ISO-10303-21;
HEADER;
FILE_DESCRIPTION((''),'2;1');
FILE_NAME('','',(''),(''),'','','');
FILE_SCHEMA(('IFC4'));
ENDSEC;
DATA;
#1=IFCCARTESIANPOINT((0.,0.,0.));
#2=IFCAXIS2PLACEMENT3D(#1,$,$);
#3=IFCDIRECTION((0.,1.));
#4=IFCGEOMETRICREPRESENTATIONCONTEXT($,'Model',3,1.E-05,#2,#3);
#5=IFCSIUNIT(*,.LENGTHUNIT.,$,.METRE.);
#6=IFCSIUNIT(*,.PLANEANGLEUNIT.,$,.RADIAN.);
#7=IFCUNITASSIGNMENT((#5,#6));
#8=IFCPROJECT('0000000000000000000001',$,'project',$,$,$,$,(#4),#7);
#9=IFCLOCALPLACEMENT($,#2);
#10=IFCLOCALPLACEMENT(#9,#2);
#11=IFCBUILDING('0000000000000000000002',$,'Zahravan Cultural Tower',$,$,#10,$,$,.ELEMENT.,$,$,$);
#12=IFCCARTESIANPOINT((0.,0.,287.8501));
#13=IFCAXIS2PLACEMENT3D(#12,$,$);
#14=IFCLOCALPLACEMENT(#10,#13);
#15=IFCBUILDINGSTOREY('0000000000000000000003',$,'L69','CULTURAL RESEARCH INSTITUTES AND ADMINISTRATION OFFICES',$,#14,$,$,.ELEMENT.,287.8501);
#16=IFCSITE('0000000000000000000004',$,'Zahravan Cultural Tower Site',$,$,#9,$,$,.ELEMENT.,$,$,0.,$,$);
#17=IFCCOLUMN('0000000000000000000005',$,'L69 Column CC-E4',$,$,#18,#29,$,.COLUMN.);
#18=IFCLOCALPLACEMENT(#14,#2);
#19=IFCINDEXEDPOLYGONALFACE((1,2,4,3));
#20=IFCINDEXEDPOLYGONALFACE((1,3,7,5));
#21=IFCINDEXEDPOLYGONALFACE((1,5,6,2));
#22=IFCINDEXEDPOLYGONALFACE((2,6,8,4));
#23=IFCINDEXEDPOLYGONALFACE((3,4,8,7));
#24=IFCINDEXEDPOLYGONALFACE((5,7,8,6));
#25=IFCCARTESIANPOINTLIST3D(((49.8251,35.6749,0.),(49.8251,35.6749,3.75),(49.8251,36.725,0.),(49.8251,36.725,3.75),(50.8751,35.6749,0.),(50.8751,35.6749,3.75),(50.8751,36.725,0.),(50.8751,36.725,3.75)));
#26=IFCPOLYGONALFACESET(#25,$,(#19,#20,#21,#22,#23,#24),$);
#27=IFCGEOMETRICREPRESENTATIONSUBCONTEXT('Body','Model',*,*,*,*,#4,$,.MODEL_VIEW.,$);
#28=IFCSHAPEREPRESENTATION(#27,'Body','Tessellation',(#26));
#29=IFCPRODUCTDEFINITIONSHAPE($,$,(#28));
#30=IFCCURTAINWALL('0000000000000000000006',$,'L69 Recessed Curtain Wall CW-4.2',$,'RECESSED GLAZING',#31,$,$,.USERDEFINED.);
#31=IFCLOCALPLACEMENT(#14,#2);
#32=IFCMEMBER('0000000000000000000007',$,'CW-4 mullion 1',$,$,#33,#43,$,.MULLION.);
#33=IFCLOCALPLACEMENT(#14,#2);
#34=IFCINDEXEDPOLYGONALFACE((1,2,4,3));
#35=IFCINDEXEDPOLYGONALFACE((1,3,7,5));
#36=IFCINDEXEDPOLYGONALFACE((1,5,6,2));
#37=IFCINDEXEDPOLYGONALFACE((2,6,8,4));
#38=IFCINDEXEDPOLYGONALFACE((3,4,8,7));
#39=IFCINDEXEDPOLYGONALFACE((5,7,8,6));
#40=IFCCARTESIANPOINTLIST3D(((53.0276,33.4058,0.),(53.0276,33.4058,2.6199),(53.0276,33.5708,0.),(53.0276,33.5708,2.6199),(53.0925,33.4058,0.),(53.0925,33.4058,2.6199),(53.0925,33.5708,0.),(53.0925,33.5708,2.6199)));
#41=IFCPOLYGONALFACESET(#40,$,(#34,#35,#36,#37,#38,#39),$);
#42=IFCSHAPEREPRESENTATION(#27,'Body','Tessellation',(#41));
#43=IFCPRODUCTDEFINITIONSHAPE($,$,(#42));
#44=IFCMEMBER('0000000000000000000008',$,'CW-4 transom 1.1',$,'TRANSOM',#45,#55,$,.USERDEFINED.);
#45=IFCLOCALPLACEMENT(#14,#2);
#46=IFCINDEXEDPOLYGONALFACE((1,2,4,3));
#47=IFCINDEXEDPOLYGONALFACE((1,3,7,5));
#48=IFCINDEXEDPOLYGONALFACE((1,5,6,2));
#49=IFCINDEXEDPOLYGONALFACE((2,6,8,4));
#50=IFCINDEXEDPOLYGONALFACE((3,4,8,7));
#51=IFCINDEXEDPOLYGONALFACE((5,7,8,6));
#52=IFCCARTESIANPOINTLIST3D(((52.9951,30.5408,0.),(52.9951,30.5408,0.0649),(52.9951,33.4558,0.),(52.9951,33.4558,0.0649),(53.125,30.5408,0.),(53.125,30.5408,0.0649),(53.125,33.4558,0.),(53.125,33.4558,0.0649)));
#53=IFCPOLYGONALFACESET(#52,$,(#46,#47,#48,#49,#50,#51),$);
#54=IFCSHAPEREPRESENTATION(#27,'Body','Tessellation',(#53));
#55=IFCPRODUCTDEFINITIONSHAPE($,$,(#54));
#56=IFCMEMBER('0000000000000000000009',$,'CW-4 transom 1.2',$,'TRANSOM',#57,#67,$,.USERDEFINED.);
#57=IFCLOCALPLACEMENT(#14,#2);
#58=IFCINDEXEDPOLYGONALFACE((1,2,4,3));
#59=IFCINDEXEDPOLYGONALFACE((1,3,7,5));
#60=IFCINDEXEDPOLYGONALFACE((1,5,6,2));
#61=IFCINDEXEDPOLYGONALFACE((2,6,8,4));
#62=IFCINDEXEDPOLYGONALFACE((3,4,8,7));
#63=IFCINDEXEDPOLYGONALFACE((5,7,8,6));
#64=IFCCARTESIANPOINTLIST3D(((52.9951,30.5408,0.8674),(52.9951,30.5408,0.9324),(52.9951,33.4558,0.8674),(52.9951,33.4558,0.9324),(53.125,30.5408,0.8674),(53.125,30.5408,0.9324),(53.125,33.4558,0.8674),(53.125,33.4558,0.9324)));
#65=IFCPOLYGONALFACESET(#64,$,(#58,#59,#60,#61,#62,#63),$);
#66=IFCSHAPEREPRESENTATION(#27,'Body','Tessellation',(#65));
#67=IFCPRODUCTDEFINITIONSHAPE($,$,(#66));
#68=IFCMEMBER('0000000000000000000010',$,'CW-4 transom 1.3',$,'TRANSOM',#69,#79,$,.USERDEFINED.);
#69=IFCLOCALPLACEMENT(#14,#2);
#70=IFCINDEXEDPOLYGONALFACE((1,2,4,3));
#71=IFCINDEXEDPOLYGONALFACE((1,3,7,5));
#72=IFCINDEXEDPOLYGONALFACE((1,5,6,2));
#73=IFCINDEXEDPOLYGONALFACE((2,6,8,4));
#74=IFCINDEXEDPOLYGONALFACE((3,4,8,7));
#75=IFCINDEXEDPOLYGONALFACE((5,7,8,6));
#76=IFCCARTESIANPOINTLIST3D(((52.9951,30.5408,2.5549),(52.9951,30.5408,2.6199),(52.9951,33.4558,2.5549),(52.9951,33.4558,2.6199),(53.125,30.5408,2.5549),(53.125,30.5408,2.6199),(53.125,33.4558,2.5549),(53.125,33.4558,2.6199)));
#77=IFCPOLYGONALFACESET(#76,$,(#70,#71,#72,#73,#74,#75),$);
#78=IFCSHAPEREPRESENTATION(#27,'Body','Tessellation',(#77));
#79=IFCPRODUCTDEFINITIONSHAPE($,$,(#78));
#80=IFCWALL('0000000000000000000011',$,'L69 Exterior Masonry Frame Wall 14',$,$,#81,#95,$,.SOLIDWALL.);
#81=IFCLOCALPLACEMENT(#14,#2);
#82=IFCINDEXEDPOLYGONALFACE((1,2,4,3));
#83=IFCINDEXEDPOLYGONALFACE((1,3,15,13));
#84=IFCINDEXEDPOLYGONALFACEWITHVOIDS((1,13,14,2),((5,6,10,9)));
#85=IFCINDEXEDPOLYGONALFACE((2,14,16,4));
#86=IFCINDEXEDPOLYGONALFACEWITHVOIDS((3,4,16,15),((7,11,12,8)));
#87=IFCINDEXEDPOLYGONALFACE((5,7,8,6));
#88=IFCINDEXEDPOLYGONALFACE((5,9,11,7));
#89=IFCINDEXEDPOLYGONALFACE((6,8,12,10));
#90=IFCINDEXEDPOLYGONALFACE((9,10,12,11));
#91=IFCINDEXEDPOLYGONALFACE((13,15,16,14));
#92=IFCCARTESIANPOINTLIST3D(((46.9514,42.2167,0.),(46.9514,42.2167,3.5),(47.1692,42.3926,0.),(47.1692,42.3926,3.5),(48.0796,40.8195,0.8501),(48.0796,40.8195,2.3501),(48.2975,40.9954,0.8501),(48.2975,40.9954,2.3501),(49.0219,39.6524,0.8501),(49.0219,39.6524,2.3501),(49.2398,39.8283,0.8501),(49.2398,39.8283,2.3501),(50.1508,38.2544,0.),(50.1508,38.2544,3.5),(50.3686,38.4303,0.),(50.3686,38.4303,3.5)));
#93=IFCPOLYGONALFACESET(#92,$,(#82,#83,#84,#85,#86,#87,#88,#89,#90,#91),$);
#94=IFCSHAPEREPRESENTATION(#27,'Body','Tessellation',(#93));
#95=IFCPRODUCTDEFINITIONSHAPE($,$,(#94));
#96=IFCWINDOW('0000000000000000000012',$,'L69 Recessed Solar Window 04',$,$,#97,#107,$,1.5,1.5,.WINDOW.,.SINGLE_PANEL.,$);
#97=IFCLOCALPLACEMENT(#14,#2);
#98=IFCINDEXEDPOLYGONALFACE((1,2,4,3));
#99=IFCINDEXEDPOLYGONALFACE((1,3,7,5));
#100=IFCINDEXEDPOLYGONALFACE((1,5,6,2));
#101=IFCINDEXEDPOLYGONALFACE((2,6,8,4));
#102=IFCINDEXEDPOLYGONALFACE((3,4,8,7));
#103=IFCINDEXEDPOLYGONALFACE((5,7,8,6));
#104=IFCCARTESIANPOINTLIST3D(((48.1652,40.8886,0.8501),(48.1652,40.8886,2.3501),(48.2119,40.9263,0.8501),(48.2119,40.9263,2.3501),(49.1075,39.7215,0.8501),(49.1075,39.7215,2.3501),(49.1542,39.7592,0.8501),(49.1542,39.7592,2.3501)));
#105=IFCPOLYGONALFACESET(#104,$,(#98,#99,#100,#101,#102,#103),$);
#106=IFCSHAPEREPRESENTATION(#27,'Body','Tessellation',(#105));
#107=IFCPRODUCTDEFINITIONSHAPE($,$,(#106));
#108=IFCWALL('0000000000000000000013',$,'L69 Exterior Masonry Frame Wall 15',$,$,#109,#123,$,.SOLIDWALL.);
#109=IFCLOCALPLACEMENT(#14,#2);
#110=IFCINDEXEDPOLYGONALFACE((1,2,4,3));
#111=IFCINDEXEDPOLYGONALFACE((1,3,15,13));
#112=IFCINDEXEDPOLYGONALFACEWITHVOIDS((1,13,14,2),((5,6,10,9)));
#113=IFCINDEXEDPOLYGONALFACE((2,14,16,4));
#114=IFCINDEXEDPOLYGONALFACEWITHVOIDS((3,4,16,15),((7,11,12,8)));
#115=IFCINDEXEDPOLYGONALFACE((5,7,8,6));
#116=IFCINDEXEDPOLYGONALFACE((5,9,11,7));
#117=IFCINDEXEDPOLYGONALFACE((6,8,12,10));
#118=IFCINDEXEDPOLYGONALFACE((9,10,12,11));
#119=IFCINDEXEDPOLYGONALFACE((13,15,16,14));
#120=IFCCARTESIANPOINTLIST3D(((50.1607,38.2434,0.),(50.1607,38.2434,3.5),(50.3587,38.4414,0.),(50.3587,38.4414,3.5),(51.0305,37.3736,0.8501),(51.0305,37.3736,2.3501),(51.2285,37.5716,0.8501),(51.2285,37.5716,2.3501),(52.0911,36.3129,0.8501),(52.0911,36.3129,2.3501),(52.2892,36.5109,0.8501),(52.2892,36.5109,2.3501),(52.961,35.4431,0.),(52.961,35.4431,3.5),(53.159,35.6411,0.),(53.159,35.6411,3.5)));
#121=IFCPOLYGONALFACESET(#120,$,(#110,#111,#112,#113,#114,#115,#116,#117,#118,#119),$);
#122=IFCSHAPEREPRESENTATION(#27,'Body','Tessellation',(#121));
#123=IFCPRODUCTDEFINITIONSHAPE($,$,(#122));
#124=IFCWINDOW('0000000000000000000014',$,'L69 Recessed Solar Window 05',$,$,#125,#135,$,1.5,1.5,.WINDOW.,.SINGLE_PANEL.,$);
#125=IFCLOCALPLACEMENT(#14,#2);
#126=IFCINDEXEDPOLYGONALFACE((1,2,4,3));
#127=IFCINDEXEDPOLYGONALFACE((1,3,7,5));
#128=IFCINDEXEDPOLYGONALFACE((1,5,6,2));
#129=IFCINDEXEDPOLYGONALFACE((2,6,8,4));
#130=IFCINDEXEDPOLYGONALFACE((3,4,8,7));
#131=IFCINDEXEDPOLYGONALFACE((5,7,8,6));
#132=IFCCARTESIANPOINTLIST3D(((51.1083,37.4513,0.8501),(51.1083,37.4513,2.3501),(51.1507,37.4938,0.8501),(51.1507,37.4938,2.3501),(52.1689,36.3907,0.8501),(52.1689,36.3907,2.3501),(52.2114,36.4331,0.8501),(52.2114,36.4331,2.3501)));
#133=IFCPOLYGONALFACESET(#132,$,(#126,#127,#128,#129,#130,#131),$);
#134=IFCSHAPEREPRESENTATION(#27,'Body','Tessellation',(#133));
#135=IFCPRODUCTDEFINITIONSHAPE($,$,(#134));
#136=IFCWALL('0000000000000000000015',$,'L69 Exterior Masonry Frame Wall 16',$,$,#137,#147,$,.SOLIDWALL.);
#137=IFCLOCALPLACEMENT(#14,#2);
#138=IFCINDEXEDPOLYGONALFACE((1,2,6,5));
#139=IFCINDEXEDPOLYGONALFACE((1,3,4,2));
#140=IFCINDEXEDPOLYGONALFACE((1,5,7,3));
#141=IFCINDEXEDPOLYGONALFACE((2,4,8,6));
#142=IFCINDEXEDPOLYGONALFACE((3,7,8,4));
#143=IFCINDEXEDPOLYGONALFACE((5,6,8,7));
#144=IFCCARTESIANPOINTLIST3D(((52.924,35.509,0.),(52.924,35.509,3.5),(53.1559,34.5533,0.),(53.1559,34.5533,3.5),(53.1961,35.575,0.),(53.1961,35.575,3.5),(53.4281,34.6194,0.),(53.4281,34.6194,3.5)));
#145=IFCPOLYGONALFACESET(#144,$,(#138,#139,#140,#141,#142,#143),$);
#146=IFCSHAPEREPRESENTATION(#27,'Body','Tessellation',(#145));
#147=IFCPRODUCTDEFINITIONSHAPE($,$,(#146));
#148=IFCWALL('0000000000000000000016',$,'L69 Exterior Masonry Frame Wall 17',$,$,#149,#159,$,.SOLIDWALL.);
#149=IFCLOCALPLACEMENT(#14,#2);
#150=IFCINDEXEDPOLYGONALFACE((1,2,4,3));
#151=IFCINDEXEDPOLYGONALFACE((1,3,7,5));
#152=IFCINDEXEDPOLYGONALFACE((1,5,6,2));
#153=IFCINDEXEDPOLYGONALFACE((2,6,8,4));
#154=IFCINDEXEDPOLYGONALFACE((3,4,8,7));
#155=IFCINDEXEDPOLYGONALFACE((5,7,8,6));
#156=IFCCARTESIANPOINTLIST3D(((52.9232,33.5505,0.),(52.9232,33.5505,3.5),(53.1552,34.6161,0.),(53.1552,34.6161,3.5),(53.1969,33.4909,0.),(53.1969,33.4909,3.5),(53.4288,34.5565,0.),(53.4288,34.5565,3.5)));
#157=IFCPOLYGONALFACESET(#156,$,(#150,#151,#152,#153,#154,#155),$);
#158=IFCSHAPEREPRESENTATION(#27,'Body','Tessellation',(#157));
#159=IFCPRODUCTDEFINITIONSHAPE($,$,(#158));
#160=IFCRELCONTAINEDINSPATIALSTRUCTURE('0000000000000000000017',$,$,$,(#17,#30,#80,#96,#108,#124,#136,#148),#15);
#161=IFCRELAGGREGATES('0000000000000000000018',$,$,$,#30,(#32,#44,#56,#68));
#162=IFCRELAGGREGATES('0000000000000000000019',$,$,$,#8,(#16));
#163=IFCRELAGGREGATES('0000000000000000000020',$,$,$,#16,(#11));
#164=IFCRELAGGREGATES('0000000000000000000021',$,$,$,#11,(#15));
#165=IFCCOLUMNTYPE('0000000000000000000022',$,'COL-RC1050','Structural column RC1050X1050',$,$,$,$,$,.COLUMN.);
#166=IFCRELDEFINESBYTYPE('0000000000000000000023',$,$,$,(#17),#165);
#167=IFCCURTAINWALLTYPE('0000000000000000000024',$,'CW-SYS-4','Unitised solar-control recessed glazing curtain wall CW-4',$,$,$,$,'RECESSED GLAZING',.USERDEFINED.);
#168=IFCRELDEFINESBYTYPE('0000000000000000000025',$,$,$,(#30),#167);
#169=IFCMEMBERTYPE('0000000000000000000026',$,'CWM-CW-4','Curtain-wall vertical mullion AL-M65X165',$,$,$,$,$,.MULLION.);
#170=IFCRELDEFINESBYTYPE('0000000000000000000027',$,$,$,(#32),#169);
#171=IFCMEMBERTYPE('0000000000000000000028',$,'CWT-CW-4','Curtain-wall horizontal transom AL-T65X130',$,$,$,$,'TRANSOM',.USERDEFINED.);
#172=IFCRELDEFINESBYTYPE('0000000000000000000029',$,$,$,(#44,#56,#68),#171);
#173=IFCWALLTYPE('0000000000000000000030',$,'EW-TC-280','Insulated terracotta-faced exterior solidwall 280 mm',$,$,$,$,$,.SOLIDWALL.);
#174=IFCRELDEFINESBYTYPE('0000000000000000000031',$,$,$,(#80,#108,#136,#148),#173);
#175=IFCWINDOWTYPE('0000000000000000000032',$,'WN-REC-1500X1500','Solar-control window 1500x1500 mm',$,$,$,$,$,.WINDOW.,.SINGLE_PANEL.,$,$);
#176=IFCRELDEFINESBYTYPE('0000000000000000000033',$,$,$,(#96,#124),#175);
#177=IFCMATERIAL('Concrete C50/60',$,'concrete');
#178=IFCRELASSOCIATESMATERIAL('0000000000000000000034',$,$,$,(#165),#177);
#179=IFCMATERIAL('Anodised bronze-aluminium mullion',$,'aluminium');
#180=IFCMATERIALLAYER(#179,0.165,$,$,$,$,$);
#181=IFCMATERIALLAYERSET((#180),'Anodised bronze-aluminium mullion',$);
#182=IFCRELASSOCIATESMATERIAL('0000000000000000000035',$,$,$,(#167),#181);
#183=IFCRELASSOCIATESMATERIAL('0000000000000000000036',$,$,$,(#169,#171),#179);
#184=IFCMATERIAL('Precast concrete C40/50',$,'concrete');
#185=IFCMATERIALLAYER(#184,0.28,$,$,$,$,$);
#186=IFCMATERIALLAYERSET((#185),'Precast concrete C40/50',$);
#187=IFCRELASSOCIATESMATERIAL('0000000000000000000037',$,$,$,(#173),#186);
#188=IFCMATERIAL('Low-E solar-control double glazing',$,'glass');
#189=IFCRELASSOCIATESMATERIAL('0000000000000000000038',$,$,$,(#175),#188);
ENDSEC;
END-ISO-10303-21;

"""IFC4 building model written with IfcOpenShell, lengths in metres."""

from ifc_helpers import new_model, si_unit, direction, frame, frame_2d, origin, origin_2d, place, context, subcontext, project, spatial, rectangle, extrude, source, transform, mapped, material, layer, layer_set, material_profile, profile_set, type_object, element, fill, aggregate, save


model = new_model("IFC4")

# Units and contexts
model_context = context("Model", 3, precision=1e-05, world=origin(), true_north=direction((0.0, 1.0)))
body_context = subcontext(model_context, "Body", "Model", "MODEL_VIEW")
ifc_project = project(units=[si_unit("LENGTHUNIT", "METRE"), si_unit("PLANEANGLEUNIT", "RADIAN")], contexts=[model_context])

# Site, building, storey
site_placement = place(None, origin())
site = spatial("IfcSite", under=ifc_project, at=site_placement, Name="Zahravan Cultural Tower Site", CompositionType="ELEMENT", RefElevation=0.0)
building_placement = place(site_placement, origin())
building = spatial("IfcBuilding", under=site, at=building_placement, Name="Zahravan Cultural Tower", CompositionType="ELEMENT")
storey_placement = place(building_placement, frame((0.0, 0.0, 287.8501)))
storey = spatial("IfcBuildingStorey", under=building, at=storey_placement, Name="L69", Description="CULTURAL RESEARCH INSTITUTES AND ADMINISTRATION OFFICES", CompositionType="ELEMENT", Elevation=287.8501)

# Column
ifc_material_1 = material(Name="Concrete C50/60", Category="concrete")
ifc_material_profile_1 = material_profile(ifc_material_1, rectangle(XDim=1.05, YDim=1.05, at=origin_2d()), Name="RC1050X1050")
ifc_profile_set_1 = profile_set([ifc_material_profile_1], Name="Concrete C50/60")
column_type = type_object("IfcColumnType", Name="COL-RC1050", Description="Structural column RC1050X1050", PredefinedType="COLUMN", material=ifc_profile_set_1)
shared_shape_1 = source(origin(), body_context, "Body", "SweptSolid", [
    extrude(rectangle(XDim=1.05, YDim=1.05, at=origin_2d()), origin(), (0.0, 0.0, 1.0), 3.75),
])
column_placement = place(storey_placement, frame((50.3501, 36.2, 0.0), z_axis=(0.0, 0.0, 1.0), x_axis=(1.0, 0.0, 0.0)))
element("IfcColumn", 1, at=column_placement, inside=storey, type_object=column_type, Name="L69 Column CC-E4", PredefinedType="COLUMN", context=body_context, shape_type="MappedRepresentation", body=[
    mapped(shared_shape_1, transform((0.0, 0.0, 0.0), x_axis=(1.0, 0.0, 0.0), y_axis=(0.0, 1.0, 0.0), z_axis=(0.0, 0.0, 1.0), scale=1.0)),
])

# Curtain wall, members
ifc_material_2 = material(Name="Anodised bronze-aluminium mullion", Category="aluminium")
ifc_layer_1 = layer(ifc_material_2, 0.165)
ifc_layer_set_1 = layer_set([ifc_layer_1], Name="Anodised bronze-aluminium mullion")
curtain_wall_type = type_object("IfcCurtainWallType", Name="CW-SYS-4", Description="Unitised solar-control recessed glazing curtain wall CW-4", ElementType="RECESSED GLAZING", PredefinedType="USERDEFINED", material=ifc_layer_set_1)
curtain_wall_placement = place(storey_placement, origin())
curtain_wall = element("IfcCurtainWall", 2, at=curtain_wall_placement, inside=storey, type_object=curtain_wall_type, Name="L69 Recessed Curtain Wall CW-4.2", ObjectType="RECESSED GLAZING", PredefinedType="USERDEFINED")
ifc_material_profile_2 = material_profile(ifc_material_2, rectangle(XDim=0.0649, YDim=0.165, at=origin_2d()), Name="AL-M65X165")
ifc_profile_set_2 = profile_set([ifc_material_profile_2], Name="Anodised bronze-aluminium mullion")
member_type_1 = type_object("IfcMemberType", Name="CWM-CW-4", Description="Curtain-wall vertical mullion AL-M65X165", PredefinedType="MULLION", material=ifc_profile_set_2)
shared_shape_2 = source(origin(), body_context, "Body", "SweptSolid", [
    extrude(rectangle(XDim=0.0649, YDim=0.165, at=origin_2d()), origin(), (0.0, 0.0, 1.0), 2.6199),
])
member_1_placement = place(storey_placement, frame((53.0601, 33.4883, 0.0), z_axis=(0.0, 0.0, 1.0), x_axis=(1.0, 0.0, 0.0)))
member_1 = element("IfcMember", 3, at=member_1_placement, type_object=member_type_1, Name="CW-4 mullion 1", PredefinedType="MULLION", context=body_context, shape_type="MappedRepresentation", body=[
    mapped(shared_shape_2, transform((0.0, 0.0, 0.0), x_axis=(1.0, 0.0, 0.0), y_axis=(0.0, 1.0, 0.0), z_axis=(0.0, 0.0, 1.0), scale=1.0)),
])
ifc_material_profile_3 = material_profile(ifc_material_2, rectangle(XDim=0.1299, YDim=0.0649, at=origin_2d()), Name="AL-T65X130")
ifc_profile_set_3 = profile_set([ifc_material_profile_3], Name="Anodised bronze-aluminium mullion")
member_type_2 = type_object("IfcMemberType", Name="CWT-CW-4", Description="Curtain-wall horizontal transom AL-T65X130", ElementType="TRANSOM", PredefinedType="USERDEFINED", material=ifc_profile_set_3)
shared_shape_3 = source(origin(), body_context, "Body", "SweptSolid", [
    extrude(rectangle(XDim=0.1299, YDim=0.0649, at=origin_2d()), origin(), (0.0, 0.0, 1.0), 2.915),
])
member_2_placement = place(storey_placement, frame((53.0601, 33.4558, 0.0325), z_axis=(0.0, -1.0, 0.0), x_axis=(1.0, 0.0, 0.0)))
member_2 = element("IfcMember", 4, at=member_2_placement, type_object=member_type_2, Name="CW-4 transom 1.1", ObjectType="TRANSOM", PredefinedType="USERDEFINED", context=body_context, shape_type="MappedRepresentation", body=[
    mapped(shared_shape_3, transform((0.0, 0.0, 0.0), x_axis=(1.0, 0.0, 0.0), y_axis=(0.0, 1.0, 0.0), z_axis=(0.0, 0.0, 1.0), scale=1.0)),
])
member_3_placement = place(storey_placement, frame((53.0601, 33.4558, 0.8999), z_axis=(0.0, -1.0, 0.0), x_axis=(1.0, 0.0, 0.0)))
member_3 = element("IfcMember", 5, at=member_3_placement, type_object=member_type_2, Name="CW-4 transom 1.2", ObjectType="TRANSOM", PredefinedType="USERDEFINED", context=body_context, shape_type="MappedRepresentation", body=[
    mapped(shared_shape_3, transform((0.0, 0.0, 0.0), x_axis=(1.0, 0.0, 0.0), y_axis=(0.0, 1.0, 0.0), z_axis=(0.0, 0.0, 1.0), scale=1.0)),
])
member_4_placement = place(storey_placement, frame((53.0601, 33.4558, 2.5874), z_axis=(0.0, -1.0, 0.0), x_axis=(1.0, 0.0, 0.0)))
member_4 = element("IfcMember", 6, at=member_4_placement, type_object=member_type_2, Name="CW-4 transom 1.3", ObjectType="TRANSOM", PredefinedType="USERDEFINED", context=body_context, shape_type="MappedRepresentation", body=[
    mapped(shared_shape_3, transform((0.0, 0.0, 0.0), x_axis=(1.0, 0.0, 0.0), y_axis=(0.0, 1.0, 0.0), z_axis=(0.0, 0.0, 1.0), scale=1.0)),
])
aggregate(curtain_wall, [member_1, member_2, member_3, member_4])

# Walls, openings, windows
ifc_material_3 = material(Name="Precast concrete C40/50", Category="concrete")
ifc_layer_2 = layer(ifc_material_3, 0.28)
ifc_layer_set_2 = layer_set([ifc_layer_2], Name="Precast concrete C40/50")
wall_type_1 = type_object("IfcWallType", Name="EW-TC-280", Description="Insulated terracotta-faced exterior solidwall 280 mm", PredefinedType="SOLIDWALL", material=ifc_layer_set_2)
wall_1_placement = place(storey_placement, frame((47.0603, 42.3047, 0.0), z_axis=(0.0, 0.0, 1.0), x_axis=(0.628226, -0.778031, 0.0)))
wall_1 = element("IfcWall", 7, at=wall_1_placement, inside=storey, type_object=wall_type_1, Name="L69 Exterior Masonry Frame Wall 14", PredefinedType="SOLIDWALL", context=body_context, shape_type="SweptSolid", body=[
    extrude(rectangle(XDim=5.0928, YDim=0.28, at=frame_2d((2.5464, 0.0))), origin(), (0.0, 0.0, 1.0), 3.5),
])
opening_1_placement = place(wall_1_placement, frame((1.7959, 0.0, 0.8501)))
opening_1 = element("IfcOpeningElement", 8, at=opening_1_placement, cuts=wall_1, PredefinedType="OPENING", context=body_context, shape_type="SweptSolid", body=[
    extrude(rectangle(XDim=1.5, YDim=1.5, at=frame_2d((0.75, 0.75))), frame((0.0, 0.1499, 0.0), z_axis=(0.0, -1.0, 0.0), x_axis=(1.0, 0.0, 0.0)), (0.0, 0.0, 1.0), 0.3),
])
ifc_material_4 = material(Name="Low-E solar-control double glazing", Category="glass")
window_type = type_object("IfcWindowType", Name="WN-REC-1500X1500", Description="Solar-control window 1500x1500 mm", PartitioningType="SINGLE_PANEL", PredefinedType="WINDOW", material=ifc_material_4)
shared_shape_4 = source(origin(), body_context, "Body", "SweptSolid", [
    extrude(rectangle(XDim=1.5, YDim=1.5, at=frame_2d((0.75, 0.75))), frame((0.0, 0.03, 0.0), z_axis=(0.0, -1.0, 0.0), x_axis=(1.0, 0.0, 0.0)), (0.0, 0.0, 1.0), 0.0601),
])
window_1_placement = place(opening_1_placement, origin())
window_1 = element("IfcWindow", 9, at=window_1_placement, inside=storey, type_object=window_type, Name="L69 Recessed Solar Window 04", OverallHeight=1.5, OverallWidth=1.5, PartitioningType="SINGLE_PANEL", PredefinedType="WINDOW", context=body_context, shape_type="MappedRepresentation", body=[
    mapped(shared_shape_4, transform((0.0, 0.0, 0.0), x_axis=(1.0, 0.0, 0.0), y_axis=(0.0, 1.0, 0.0), z_axis=(0.0, 0.0, 1.0), scale=1.0)),
])
fill(opening_1, window_1)
wall_2_placement = place(storey_placement, frame((50.2598, 38.3423, 0.0), z_axis=(0.0, 0.0, 1.0), x_axis=(0.707107, -0.707107, 0.0)))
wall_2 = element("IfcWall", 10, at=wall_2_placement, inside=storey, type_object=wall_type_1, Name="L69 Exterior Masonry Frame Wall 15", PredefinedType="SOLIDWALL", context=body_context, shape_type="SweptSolid", body=[
    extrude(rectangle(XDim=3.9602, YDim=0.28, at=frame_2d((1.98, 0.0))), origin(), (0.0, 0.0, 1.0), 3.5),
])
opening_2_placement = place(wall_2_placement, frame((1.23, 0.0, 0.8501)))
opening_2 = element("IfcOpeningElement", 11, at=opening_2_placement, cuts=wall_2, PredefinedType="OPENING", context=body_context, shape_type="SweptSolid", body=[
    extrude(rectangle(XDim=1.5, YDim=1.5, at=frame_2d((0.75, 0.75))), frame((0.0, 0.1499, 0.0), z_axis=(0.0, -1.0, 0.0), x_axis=(1.0, 0.0, 0.0)), (0.0, 0.0, 1.0), 0.3),
])
window_2_placement = place(opening_2_placement, origin())
window_2 = element("IfcWindow", 12, at=window_2_placement, inside=storey, type_object=window_type, Name="L69 Recessed Solar Window 05", OverallHeight=1.5, OverallWidth=1.5, PartitioningType="SINGLE_PANEL", PredefinedType="WINDOW", context=body_context, shape_type="MappedRepresentation", body=[
    mapped(shared_shape_4, transform((0.0, 0.0, 0.0), x_axis=(1.0, 0.0, 0.0), y_axis=(0.0, 1.0, 0.0), z_axis=(0.0, 0.0, 1.0), scale=1.0)),
])
fill(opening_2, window_2)

# Walls
shared_shape_5 = source(origin(), body_context, "Body", "SweptSolid", [
    extrude(rectangle(XDim=0.9834, YDim=0.28, at=frame_2d((0.4917, 0.0))), origin(), (0.0, 0.0, 1.0), 3.5),
])
wall_3_placement = place(storey_placement, frame((53.0601, 35.542, 0.0), z_axis=(0.0, 0.0, 1.0), x_axis=(0.23587, -0.971785, 0.0)))
element("IfcWall", 13, at=wall_3_placement, inside=storey, type_object=wall_type_1, Name="L69 Exterior Masonry Frame Wall 16", PredefinedType="SOLIDWALL", context=body_context, shape_type="MappedRepresentation", body=[
    mapped(shared_shape_5, transform((0.0, 0.0, 0.0), x_axis=(1.0, 0.0, 0.0), y_axis=(0.0, 1.0, 0.0), z_axis=(0.0, 0.0, 1.0), scale=1.0)),
])
shared_shape_6 = source(origin(), body_context, "Body", "SweptSolid", [
    extrude(rectangle(XDim=1.0906, YDim=0.28, at=frame_2d((0.5454, 0.0))), origin(), (0.0, 0.0, 1.0), 3.5),
])
wall_4_placement = place(storey_placement, frame((53.292, 34.5864, 0.0), z_axis=(0.0, 0.0, 1.0), x_axis=(-0.212662, -0.977126, 0.0)))
element("IfcWall", 14, at=wall_4_placement, inside=storey, type_object=wall_type_1, Name="L69 Exterior Masonry Frame Wall 17", PredefinedType="SOLIDWALL", context=body_context, shape_type="MappedRepresentation", body=[
    mapped(shared_shape_6, transform((0.0, 0.0, 0.0), x_axis=(1.0, 0.0, 0.0), y_axis=(0.0, 1.0, 0.0), z_axis=(0.0, 0.0, 1.0), scale=1.0)),
])

save(model, "model.ifc")
